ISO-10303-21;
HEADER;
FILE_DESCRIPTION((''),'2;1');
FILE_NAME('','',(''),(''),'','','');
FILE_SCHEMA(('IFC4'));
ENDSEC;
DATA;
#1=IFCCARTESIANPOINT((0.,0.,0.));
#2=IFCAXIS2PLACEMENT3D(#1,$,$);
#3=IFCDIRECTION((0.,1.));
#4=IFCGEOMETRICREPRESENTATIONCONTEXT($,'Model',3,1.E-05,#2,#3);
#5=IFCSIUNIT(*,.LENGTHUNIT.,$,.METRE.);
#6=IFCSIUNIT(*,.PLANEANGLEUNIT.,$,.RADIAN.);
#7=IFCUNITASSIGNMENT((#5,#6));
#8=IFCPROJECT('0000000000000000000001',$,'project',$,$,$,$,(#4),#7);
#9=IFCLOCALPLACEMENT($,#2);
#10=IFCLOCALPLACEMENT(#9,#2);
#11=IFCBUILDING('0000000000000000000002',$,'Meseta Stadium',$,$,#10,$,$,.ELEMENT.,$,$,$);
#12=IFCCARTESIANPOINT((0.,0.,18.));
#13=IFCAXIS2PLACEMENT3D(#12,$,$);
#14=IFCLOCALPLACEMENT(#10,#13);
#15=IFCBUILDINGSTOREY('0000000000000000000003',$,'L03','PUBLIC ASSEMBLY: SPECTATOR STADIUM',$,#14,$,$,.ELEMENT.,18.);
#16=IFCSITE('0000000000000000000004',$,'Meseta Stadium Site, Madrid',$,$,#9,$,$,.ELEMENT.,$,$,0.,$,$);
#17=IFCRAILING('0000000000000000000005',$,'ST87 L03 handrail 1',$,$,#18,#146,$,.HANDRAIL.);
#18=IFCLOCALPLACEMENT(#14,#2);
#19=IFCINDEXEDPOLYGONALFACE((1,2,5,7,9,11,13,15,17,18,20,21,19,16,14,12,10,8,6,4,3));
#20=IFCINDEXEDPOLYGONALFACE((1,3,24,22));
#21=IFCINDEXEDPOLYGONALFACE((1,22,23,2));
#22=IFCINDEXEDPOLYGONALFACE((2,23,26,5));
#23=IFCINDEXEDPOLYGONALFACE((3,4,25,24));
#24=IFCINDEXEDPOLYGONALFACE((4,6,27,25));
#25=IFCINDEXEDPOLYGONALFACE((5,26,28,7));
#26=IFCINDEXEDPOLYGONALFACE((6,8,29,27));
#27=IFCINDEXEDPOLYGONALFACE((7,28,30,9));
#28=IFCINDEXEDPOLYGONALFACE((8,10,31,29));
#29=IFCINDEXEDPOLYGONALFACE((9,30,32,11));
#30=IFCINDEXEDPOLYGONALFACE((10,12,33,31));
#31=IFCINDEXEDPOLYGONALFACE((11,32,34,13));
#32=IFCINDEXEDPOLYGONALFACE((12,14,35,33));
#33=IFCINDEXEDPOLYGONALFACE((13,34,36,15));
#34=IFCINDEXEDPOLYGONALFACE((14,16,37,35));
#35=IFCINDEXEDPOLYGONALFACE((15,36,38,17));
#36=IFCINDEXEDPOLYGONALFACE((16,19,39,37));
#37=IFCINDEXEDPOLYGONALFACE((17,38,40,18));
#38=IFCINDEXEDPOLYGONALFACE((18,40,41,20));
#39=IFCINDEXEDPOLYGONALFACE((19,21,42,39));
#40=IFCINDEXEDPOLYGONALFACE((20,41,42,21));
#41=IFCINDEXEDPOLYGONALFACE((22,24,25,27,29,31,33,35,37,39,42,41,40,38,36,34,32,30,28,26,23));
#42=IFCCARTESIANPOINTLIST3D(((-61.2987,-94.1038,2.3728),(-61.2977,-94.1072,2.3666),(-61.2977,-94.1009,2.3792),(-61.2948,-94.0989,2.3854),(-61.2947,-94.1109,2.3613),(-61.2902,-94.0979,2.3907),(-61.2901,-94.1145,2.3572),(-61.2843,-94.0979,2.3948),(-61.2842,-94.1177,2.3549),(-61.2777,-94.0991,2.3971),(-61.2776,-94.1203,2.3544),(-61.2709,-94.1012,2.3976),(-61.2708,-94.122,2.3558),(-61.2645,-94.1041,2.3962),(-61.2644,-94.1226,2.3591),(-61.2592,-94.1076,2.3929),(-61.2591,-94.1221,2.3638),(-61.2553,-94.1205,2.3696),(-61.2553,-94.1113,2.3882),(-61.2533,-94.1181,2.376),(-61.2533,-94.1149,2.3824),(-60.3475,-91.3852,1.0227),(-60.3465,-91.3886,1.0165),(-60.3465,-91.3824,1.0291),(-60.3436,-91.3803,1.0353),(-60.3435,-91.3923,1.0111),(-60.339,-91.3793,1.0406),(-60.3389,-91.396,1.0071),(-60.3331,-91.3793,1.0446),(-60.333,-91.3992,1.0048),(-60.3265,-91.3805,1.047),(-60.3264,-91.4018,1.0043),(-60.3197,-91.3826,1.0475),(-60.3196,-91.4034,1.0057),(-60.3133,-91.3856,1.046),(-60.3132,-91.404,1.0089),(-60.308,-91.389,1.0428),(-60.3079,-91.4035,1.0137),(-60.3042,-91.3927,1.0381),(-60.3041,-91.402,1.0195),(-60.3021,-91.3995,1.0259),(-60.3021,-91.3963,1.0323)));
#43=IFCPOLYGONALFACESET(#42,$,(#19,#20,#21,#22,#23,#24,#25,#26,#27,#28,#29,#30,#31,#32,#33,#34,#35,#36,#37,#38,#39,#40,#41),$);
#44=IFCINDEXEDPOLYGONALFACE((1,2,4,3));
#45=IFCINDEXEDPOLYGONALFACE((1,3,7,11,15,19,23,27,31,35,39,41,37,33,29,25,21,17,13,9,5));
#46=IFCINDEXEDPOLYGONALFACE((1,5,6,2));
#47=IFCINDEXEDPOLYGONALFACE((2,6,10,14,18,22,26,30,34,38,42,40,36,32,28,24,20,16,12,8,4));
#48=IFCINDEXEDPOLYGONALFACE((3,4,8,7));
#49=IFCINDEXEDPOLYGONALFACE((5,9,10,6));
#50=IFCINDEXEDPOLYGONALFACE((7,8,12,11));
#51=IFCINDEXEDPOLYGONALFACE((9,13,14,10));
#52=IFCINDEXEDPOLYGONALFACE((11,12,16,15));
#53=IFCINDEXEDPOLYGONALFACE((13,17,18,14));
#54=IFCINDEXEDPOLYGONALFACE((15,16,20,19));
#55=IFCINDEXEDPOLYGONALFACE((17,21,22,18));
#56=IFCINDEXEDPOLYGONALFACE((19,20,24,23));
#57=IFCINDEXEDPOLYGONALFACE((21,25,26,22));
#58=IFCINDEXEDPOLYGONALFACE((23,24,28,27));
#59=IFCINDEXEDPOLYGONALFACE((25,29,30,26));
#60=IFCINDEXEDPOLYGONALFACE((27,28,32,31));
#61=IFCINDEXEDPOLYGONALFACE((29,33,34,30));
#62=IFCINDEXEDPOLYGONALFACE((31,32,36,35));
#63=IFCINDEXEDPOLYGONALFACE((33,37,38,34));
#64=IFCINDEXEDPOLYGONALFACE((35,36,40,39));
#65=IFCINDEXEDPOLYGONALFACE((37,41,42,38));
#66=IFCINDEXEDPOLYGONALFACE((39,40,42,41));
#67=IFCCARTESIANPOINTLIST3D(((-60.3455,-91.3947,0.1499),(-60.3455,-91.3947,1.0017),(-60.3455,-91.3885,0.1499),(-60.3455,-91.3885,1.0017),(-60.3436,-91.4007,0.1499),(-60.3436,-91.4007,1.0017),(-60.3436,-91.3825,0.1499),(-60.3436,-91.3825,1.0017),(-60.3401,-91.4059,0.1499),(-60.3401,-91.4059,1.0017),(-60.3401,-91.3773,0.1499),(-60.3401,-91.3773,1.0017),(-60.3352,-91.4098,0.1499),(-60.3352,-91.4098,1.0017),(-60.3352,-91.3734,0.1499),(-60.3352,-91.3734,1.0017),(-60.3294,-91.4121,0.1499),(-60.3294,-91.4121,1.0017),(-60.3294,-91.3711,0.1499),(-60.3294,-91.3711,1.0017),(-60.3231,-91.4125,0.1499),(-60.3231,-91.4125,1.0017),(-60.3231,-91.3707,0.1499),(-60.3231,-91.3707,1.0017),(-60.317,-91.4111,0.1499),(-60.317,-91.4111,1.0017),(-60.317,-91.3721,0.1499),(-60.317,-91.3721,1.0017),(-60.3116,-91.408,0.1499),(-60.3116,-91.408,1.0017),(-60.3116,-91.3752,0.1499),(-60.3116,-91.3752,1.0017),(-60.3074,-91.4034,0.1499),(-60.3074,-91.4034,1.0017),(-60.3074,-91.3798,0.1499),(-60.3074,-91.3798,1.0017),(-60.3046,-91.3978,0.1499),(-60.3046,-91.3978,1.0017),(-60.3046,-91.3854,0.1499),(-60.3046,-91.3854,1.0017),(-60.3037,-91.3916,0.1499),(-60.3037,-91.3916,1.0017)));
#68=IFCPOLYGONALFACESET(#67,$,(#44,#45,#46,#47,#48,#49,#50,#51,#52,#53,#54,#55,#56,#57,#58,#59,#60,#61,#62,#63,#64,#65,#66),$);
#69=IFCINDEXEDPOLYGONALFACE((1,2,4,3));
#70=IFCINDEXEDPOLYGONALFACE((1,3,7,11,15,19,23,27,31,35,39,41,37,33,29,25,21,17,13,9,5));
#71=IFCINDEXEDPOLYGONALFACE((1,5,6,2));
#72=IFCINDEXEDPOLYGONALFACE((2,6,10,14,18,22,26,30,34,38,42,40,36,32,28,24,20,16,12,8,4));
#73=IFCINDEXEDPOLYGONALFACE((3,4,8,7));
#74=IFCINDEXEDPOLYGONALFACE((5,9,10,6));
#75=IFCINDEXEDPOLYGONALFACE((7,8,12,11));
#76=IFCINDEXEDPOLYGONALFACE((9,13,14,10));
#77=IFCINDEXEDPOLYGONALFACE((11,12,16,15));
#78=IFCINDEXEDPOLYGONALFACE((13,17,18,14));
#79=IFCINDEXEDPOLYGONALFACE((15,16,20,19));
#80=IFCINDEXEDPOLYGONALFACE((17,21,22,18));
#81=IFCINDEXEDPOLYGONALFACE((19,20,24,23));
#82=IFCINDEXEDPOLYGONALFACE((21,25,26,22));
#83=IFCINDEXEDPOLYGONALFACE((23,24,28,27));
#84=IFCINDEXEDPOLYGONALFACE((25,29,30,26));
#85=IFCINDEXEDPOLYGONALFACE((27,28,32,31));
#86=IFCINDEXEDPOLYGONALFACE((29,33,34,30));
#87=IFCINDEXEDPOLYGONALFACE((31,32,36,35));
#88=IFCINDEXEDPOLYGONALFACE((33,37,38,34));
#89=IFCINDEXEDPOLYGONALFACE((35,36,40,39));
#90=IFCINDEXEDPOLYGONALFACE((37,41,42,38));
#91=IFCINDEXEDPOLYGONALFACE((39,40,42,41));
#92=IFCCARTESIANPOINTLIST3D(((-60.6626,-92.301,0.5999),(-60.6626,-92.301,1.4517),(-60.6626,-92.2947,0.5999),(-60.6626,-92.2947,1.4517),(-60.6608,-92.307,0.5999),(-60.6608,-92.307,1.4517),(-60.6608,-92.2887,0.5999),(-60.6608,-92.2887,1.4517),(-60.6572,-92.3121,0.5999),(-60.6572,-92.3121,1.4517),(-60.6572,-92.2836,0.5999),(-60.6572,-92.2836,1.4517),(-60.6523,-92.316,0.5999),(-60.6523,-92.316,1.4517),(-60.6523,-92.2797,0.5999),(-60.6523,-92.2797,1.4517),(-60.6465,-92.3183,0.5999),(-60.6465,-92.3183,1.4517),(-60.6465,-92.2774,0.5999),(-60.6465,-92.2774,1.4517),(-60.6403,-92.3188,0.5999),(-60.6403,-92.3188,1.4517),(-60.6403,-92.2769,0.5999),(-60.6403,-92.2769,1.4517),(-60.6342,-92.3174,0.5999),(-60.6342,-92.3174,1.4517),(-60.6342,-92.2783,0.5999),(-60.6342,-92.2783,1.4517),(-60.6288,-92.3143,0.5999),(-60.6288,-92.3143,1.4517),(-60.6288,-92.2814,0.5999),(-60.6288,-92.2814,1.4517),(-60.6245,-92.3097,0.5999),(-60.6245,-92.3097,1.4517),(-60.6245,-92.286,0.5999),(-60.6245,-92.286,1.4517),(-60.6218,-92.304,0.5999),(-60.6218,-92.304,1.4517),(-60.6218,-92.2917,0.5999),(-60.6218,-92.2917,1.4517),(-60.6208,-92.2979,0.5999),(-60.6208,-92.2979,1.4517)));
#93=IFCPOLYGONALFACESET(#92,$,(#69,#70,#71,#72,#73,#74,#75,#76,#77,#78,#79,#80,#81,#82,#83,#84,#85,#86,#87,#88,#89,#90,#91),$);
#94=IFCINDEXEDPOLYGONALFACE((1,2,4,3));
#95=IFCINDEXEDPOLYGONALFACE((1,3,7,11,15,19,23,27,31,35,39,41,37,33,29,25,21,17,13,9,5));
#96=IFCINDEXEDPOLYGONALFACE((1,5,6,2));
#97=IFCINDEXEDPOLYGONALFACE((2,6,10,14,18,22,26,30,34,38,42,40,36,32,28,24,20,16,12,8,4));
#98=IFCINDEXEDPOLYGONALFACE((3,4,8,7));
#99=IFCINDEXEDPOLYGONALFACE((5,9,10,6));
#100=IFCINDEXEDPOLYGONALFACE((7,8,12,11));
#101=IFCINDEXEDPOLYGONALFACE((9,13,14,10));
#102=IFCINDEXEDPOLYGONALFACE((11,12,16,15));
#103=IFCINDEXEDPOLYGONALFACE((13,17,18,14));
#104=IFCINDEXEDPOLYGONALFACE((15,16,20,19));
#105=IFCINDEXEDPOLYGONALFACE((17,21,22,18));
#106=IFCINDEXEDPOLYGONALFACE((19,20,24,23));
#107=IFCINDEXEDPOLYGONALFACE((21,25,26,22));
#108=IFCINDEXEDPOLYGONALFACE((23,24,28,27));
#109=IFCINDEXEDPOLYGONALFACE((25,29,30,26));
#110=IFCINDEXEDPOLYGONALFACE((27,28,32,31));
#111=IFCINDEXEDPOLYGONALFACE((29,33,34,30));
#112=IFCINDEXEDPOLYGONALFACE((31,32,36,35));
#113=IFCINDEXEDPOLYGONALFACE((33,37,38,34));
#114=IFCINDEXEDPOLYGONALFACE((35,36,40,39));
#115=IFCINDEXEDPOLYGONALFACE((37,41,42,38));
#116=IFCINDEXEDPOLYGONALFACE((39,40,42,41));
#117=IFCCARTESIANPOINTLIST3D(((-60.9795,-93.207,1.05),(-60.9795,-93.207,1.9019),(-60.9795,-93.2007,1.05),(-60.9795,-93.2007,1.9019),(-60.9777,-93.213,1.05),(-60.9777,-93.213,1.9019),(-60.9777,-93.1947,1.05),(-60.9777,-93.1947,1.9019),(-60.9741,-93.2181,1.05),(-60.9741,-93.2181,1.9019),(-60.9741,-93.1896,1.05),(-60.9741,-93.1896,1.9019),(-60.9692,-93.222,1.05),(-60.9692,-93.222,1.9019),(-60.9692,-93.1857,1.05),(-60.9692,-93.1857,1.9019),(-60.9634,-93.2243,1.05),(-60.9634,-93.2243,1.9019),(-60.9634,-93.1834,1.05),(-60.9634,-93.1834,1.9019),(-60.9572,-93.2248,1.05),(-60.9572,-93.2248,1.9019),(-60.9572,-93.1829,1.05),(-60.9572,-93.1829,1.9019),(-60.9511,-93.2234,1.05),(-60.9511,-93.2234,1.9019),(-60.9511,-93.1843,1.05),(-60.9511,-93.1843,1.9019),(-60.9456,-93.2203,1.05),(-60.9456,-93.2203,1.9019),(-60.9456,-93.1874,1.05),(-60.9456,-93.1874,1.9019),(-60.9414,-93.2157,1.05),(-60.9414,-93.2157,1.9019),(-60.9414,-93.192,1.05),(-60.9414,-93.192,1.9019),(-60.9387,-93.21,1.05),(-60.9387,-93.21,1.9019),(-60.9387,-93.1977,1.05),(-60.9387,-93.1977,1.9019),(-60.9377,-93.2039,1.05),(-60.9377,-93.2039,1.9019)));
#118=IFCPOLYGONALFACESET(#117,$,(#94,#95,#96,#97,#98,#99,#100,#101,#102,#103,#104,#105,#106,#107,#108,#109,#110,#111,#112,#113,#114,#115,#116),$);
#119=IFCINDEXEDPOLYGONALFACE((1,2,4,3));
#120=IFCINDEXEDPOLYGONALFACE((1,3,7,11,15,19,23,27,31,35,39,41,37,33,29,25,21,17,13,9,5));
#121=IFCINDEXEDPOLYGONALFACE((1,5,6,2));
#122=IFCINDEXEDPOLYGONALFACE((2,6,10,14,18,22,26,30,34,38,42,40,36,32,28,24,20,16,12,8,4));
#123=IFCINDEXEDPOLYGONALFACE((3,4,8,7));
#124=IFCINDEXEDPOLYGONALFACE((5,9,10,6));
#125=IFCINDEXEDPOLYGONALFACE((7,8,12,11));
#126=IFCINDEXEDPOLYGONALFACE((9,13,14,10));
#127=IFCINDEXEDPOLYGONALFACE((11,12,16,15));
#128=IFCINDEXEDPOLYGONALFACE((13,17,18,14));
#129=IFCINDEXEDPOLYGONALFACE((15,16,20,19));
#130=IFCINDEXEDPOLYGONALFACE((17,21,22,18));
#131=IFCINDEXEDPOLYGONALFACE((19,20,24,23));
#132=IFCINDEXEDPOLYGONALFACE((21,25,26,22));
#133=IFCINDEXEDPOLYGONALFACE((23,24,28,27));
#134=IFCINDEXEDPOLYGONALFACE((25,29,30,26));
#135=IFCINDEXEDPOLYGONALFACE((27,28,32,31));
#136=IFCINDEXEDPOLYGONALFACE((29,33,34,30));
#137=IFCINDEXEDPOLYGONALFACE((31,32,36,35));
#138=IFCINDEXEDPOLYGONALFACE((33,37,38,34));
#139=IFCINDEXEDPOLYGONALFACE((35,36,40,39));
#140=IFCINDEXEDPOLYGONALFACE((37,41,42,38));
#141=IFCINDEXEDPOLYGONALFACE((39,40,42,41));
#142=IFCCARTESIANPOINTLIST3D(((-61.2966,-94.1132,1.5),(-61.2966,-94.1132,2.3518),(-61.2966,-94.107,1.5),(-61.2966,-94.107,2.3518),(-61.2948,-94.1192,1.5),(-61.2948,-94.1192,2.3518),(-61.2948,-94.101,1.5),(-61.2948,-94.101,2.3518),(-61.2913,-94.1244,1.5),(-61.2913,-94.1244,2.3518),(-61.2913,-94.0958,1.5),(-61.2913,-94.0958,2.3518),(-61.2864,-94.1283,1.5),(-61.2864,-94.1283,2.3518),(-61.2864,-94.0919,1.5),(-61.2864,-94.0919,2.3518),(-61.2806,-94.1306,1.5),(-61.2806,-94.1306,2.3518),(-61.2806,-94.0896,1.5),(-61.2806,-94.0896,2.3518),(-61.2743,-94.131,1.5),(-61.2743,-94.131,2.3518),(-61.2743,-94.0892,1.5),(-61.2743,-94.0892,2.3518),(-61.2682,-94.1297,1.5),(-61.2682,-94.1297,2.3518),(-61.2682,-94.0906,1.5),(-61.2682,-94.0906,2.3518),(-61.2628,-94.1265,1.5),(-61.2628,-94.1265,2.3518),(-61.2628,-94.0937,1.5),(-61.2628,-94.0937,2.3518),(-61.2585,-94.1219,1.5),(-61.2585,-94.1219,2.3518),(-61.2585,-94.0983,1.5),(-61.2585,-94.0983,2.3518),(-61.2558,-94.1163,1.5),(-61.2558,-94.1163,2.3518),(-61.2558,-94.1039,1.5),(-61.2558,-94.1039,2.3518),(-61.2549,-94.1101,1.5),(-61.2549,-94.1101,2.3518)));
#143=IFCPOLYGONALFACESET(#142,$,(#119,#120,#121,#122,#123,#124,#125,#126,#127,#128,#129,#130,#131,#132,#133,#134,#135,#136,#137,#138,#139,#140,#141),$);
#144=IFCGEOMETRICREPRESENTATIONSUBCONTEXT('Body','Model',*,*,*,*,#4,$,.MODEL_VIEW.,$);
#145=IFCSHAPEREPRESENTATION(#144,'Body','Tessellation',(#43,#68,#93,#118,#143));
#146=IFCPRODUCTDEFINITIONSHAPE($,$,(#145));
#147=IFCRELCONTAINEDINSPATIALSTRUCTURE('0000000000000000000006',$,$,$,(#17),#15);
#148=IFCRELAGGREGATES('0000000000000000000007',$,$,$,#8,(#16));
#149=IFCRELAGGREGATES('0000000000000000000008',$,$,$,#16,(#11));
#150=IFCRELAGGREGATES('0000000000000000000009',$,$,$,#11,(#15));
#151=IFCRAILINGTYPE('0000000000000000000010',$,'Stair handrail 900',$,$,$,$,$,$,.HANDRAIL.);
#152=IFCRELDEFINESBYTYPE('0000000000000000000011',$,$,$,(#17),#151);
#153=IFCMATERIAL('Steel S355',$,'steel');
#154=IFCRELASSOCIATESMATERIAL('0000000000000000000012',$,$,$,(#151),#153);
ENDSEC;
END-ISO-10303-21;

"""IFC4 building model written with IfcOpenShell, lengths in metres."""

from ifc_helpers import new_model, si_unit, direction, frame, origin, origin_2d, place, context, subcontext, project, spatial, circle, extrude, material, type_object, element, save


model = new_model("IFC4")

# Units and contexts
model_context = context("Model", 3, precision=1e-05, world=origin(), true_north=direction((0.0, 1.0)))
body_context = subcontext(model_context, "Body", "Model", "MODEL_VIEW")
ifc_project = project(units=[si_unit("LENGTHUNIT", "METRE"), si_unit("PLANEANGLEUNIT", "RADIAN")], contexts=[model_context])

# Site, building, storey
site_placement = place(None, origin())
site = spatial("IfcSite", under=ifc_project, at=site_placement, Name="Meseta Stadium Site, Madrid", CompositionType="ELEMENT", RefElevation=0.0)
building_placement = place(site_placement, origin())
building = spatial("IfcBuilding", under=site, at=building_placement, Name="Meseta Stadium", CompositionType="ELEMENT")
storey_placement = place(building_placement, frame((0.0, 0.0, 18.0)))
storey = spatial("IfcBuildingStorey", under=building, at=storey_placement, Name="L03", Description="PUBLIC ASSEMBLY: SPECTATOR STADIUM", CompositionType="ELEMENT", Elevation=18.0)

# Railing
ifc_material_1 = material(Name="Steel S355", Category="steel")
railing_type_1 = type_object("IfcRailingType", Name="Stair handrail 900", PredefinedType="HANDRAIL", material=ifc_material_1)
for number, where, name in (
    (1, (-60.3247, -91.3916, 0.1499), "ST87 L03 handrail 1"),
):
    element("IfcRailing", number, at=place(storey_placement, frame(where)), inside=storey, type_object=railing_type_1, Name=name, PredefinedType="HANDRAIL", context=body_context, shape_type="SweptSolid", body=[
        extrude(circle(Radius=0.0239, at=origin_2d()), frame((0.0, 0.0, 0.876), z_axis=(-0.299031, -0.854649, 0.424446), x_axis=(0.943891, -0.330256, 0.0)), (0.0, 0.0, 1.0), 3.1809),
        extrude(circle(Radius=0.021, at=origin_2d()), origin(), (0.0, 0.0, 1.0), 0.8518),
        extrude(circle(Radius=0.021, at=origin_2d()), frame((-0.3171, -0.9062, 0.45)), (0.0, 0.0, 1.0), 0.8518),
        extrude(circle(Radius=0.021, at=origin_2d()), frame((-0.634, -1.8123, 0.9001)), (0.0, 0.0, 1.0), 0.8518),
        extrude(circle(Radius=0.021, at=origin_2d()), frame((-0.9512, -2.7185, 1.3501)), (0.0, 0.0, 1.0), 0.8518),
    ])

save(model, "model.ifc")
